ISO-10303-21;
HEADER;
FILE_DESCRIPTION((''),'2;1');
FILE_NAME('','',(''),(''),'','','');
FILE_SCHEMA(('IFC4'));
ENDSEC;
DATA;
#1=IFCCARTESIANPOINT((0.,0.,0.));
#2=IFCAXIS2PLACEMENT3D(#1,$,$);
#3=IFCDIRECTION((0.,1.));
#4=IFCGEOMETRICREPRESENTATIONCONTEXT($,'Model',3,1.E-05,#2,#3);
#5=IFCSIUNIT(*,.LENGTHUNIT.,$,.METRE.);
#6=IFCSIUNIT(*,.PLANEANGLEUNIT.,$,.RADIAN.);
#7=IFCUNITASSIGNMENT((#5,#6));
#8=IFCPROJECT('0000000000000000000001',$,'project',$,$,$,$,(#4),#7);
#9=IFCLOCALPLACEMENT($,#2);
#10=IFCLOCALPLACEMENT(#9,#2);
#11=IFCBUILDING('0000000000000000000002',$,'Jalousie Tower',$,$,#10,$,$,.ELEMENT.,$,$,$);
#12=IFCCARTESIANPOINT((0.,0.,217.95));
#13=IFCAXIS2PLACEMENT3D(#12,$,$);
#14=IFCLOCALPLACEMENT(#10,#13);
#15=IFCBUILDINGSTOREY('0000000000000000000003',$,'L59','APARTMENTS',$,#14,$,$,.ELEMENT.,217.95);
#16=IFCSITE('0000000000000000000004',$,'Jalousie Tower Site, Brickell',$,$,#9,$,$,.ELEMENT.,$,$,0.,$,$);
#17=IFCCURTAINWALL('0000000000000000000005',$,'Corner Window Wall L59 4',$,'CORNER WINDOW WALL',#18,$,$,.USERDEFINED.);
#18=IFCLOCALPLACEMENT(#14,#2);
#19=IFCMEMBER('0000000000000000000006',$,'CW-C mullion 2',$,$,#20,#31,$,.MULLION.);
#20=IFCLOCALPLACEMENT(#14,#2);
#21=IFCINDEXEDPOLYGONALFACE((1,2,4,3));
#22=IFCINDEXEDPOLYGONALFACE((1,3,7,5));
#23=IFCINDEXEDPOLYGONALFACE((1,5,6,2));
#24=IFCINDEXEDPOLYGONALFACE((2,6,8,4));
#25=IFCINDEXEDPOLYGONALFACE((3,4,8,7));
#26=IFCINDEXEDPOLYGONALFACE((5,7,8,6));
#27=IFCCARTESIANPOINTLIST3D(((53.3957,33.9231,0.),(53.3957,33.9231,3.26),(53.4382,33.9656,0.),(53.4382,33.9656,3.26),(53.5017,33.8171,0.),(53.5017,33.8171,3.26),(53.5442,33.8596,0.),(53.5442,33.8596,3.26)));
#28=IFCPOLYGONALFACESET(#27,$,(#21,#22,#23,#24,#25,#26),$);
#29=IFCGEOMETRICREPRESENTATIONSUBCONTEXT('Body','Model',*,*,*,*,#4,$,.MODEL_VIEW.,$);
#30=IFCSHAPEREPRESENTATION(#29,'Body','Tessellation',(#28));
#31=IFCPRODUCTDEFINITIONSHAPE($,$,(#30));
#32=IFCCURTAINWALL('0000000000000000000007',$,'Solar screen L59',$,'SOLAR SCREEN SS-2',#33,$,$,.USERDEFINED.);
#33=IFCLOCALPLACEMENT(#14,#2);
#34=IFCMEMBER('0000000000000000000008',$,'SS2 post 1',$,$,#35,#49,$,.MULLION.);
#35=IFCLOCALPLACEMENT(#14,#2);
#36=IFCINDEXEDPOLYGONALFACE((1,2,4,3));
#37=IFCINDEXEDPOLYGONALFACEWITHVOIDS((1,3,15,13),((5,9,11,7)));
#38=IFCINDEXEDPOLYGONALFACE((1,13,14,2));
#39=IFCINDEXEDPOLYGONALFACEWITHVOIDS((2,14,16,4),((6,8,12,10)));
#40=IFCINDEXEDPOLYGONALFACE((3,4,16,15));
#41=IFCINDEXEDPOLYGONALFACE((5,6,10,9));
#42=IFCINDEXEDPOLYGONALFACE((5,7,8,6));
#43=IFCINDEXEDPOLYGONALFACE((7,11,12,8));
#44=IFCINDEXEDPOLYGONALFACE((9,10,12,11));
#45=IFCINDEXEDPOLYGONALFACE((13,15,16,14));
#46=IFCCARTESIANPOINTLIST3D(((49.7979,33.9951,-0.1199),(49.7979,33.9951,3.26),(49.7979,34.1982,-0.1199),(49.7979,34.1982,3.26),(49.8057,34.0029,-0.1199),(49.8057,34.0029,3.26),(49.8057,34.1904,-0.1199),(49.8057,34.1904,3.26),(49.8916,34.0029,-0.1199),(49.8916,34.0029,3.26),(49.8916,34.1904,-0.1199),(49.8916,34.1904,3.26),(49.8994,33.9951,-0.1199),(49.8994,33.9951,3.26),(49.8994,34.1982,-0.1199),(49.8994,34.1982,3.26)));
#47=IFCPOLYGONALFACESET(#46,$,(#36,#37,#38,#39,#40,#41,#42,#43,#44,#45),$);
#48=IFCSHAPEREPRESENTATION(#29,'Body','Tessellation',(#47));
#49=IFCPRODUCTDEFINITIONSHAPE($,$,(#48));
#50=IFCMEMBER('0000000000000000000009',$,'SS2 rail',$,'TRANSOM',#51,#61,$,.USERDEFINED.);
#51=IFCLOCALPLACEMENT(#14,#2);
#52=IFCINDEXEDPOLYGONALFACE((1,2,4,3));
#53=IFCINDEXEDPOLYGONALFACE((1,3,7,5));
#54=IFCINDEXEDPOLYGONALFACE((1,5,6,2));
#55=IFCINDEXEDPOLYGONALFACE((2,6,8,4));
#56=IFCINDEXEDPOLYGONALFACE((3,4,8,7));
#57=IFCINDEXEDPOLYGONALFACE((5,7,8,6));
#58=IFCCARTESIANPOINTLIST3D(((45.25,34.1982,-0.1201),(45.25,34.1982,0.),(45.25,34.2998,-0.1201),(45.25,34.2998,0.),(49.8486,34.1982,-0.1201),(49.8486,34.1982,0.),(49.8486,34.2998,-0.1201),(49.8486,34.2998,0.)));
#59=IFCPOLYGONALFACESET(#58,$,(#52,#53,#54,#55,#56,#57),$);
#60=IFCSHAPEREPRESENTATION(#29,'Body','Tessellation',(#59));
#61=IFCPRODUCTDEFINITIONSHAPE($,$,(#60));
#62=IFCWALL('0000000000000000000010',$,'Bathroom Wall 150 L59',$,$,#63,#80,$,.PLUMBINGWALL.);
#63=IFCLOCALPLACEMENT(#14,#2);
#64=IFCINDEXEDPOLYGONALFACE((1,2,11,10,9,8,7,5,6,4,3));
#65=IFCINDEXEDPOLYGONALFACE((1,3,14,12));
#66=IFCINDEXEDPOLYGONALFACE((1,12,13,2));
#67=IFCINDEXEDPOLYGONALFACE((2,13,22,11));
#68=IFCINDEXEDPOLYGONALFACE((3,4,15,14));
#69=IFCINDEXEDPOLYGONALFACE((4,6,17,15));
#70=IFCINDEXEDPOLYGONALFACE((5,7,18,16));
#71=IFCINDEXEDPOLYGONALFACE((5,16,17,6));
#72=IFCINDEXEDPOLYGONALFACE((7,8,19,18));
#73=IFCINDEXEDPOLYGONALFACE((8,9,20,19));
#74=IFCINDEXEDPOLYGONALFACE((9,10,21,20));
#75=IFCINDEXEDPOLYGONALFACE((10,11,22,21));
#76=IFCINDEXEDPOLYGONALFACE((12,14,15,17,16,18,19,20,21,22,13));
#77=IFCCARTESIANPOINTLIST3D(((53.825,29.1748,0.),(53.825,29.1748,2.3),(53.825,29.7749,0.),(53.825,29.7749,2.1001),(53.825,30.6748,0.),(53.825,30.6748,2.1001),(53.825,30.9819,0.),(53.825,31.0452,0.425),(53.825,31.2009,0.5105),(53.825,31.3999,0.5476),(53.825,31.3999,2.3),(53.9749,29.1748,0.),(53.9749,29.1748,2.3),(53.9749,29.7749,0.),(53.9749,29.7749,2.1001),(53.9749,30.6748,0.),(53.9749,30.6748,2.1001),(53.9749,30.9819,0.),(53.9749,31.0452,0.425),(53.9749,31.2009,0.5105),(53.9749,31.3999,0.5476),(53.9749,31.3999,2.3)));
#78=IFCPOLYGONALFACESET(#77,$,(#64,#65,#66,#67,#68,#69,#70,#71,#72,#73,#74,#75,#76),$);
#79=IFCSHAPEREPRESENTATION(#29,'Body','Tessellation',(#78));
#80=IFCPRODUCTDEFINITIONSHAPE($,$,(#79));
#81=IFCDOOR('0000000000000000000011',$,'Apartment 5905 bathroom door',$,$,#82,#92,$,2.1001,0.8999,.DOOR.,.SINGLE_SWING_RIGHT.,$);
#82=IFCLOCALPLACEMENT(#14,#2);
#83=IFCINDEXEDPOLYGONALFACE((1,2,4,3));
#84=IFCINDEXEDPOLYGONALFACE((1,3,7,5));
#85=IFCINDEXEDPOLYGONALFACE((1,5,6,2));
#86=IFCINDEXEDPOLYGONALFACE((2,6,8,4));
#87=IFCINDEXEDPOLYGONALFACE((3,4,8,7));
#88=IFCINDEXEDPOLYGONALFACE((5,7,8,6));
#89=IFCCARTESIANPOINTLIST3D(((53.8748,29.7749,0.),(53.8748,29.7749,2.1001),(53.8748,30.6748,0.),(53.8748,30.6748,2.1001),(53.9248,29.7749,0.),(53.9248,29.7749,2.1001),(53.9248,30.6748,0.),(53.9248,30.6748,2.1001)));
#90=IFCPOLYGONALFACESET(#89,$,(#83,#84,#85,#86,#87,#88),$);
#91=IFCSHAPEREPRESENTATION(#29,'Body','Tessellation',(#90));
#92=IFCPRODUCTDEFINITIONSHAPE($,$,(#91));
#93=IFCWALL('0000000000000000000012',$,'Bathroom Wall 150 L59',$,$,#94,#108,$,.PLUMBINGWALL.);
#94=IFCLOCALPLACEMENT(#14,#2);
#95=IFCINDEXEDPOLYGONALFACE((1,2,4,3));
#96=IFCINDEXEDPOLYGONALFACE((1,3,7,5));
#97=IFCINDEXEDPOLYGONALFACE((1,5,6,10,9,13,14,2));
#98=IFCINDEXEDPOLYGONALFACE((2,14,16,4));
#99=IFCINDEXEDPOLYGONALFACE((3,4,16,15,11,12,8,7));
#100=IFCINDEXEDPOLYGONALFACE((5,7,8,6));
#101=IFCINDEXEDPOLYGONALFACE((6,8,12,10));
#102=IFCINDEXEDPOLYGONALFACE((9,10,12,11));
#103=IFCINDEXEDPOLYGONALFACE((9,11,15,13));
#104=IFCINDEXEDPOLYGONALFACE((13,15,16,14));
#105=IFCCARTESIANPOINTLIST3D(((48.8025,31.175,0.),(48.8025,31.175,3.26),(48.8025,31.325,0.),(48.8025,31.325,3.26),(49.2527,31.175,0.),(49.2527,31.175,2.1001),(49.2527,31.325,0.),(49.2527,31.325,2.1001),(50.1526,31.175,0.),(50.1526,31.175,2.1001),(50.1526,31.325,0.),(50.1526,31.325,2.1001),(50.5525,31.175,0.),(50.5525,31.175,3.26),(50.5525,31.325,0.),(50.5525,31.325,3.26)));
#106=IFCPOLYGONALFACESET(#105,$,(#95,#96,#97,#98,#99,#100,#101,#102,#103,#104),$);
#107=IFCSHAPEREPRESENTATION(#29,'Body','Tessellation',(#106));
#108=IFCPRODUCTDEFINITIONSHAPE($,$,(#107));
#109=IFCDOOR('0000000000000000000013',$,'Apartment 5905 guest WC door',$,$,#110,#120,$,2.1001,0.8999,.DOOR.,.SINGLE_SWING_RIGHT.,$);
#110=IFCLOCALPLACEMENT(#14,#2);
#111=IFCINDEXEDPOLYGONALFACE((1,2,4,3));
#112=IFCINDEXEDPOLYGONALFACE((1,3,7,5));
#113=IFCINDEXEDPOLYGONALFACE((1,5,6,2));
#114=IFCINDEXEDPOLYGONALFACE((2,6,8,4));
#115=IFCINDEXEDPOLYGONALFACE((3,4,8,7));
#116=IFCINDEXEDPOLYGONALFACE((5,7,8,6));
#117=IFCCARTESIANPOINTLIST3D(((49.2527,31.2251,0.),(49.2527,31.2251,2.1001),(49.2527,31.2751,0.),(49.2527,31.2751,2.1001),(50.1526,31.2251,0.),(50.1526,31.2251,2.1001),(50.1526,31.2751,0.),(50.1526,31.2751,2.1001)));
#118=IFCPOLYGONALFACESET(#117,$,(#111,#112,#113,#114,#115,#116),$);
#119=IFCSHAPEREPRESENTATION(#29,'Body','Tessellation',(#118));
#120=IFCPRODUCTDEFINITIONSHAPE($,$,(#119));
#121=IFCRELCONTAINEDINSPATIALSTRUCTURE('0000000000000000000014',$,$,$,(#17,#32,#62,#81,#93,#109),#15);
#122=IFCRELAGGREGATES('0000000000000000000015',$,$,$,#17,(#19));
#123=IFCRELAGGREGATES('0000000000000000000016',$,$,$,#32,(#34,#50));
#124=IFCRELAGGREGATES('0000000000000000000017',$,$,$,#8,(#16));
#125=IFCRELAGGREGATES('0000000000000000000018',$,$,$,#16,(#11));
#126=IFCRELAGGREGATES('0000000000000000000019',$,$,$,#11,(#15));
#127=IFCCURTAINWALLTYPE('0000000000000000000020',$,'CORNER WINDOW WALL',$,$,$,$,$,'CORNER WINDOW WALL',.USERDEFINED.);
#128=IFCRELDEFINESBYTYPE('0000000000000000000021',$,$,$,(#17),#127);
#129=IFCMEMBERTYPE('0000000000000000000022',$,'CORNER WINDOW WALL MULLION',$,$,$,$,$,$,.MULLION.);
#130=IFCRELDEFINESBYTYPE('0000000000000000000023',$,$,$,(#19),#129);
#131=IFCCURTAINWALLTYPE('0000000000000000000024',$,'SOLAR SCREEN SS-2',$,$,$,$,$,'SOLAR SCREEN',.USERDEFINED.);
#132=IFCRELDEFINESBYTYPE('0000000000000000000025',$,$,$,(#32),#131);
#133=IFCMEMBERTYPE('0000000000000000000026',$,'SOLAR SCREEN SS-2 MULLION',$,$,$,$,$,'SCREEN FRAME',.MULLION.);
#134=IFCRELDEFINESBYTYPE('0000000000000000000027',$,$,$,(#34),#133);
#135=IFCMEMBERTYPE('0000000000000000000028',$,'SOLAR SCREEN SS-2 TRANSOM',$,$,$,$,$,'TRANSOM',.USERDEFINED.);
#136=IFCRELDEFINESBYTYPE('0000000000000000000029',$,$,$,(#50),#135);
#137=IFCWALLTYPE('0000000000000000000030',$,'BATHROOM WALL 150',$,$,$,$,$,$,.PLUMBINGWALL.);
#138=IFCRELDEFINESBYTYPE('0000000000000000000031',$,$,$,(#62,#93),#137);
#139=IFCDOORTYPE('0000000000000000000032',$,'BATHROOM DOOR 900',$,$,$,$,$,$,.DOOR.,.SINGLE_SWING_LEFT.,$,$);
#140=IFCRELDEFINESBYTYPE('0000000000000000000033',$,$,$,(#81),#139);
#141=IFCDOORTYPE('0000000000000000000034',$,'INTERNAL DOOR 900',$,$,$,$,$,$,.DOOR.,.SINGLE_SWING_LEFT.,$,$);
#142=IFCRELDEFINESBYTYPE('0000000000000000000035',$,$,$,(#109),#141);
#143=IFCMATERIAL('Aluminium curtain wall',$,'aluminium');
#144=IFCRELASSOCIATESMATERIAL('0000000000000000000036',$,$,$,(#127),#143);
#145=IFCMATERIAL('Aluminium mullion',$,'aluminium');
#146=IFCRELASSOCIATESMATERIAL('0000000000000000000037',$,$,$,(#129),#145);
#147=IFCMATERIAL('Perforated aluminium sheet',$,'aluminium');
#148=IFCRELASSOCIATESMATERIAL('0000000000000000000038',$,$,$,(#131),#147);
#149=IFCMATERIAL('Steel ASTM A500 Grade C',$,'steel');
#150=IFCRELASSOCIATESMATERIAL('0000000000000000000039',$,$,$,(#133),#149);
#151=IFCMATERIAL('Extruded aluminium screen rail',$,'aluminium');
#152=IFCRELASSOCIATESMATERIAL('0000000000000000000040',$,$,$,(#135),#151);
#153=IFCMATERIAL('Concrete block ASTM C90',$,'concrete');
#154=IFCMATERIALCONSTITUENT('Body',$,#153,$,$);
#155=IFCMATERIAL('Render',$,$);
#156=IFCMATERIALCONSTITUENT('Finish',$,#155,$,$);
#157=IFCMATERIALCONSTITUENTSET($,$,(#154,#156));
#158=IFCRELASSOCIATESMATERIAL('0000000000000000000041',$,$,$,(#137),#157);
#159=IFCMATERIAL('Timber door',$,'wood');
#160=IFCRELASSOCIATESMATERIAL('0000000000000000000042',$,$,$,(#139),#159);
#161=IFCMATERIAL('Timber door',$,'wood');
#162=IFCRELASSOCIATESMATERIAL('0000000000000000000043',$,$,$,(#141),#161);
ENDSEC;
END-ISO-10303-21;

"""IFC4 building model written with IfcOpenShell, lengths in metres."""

from ifc_helpers import new_model, si_unit, direction, frame, frame_2d, origin, origin_2d, place, context, subcontext, project, spatial, polyline, rectangle, hollow_rectangle, outline, extrude, material, constituent, constituent_set, material_profile, profile_set, type_object, element, fill, aggregate, save


model = new_model("IFC4")

# Units and contexts
model_context = context("Model", 3, precision=1e-05, world=origin(), true_north=direction((0.0, 1.0)))
body_context = subcontext(model_context, "Body", "Model", "MODEL_VIEW")
ifc_project = project(units=[si_unit("LENGTHUNIT", "METRE"), si_unit("PLANEANGLEUNIT", "RADIAN")], contexts=[model_context])

# Site, building, storey
site_placement = place(None, origin())
site = spatial("IfcSite", under=ifc_project, at=site_placement, Name="Jalousie Tower Site, Brickell", CompositionType="ELEMENT", RefElevation=0.0)
building_placement = place(site_placement, origin())
building = spatial("IfcBuilding", under=site, at=building_placement, Name="Jalousie Tower", CompositionType="ELEMENT")
storey_placement = place(building_placement, frame((0.0, 0.0, 217.95)))
storey = spatial("IfcBuildingStorey", under=building, at=storey_placement, Name="L59", Description="APARTMENTS", CompositionType="ELEMENT", Elevation=217.95)

# Curtain wall, member
ifc_material_1 = material(Name="Aluminium curtain wall", Category="aluminium")
curtain_wall_type_1 = type_object("IfcCurtainWallType", Name="CORNER WINDOW WALL", ElementType="CORNER WINDOW WALL", PredefinedType="USERDEFINED", material=ifc_material_1)
curtain_wall_1_placement = place(storey_placement, origin())
curtain_wall_1 = element("IfcCurtainWall", 1, at=curtain_wall_1_placement, inside=storey, type_object=curtain_wall_type_1, Name="Corner Window Wall L59 4", ObjectType="CORNER WINDOW WALL", PredefinedType="USERDEFINED")
ifc_material_2 = material(Name="Aluminium mullion", Category="aluminium")
ifc_material_profile_1 = material_profile(ifc_material_2, rectangle(XDim=0.0601, YDim=0.1499, at=origin_2d()), Name="MULLION 60x150")
ifc_profile_set_1 = profile_set([ifc_material_profile_1], Name="Aluminium mullion")
member_type_1 = type_object("IfcMemberType", Name="CORNER WINDOW WALL MULLION", PredefinedType="MULLION", material=ifc_profile_set_1)
member_1_placement = place(storey_placement, frame((53.47, 33.8914, 0.0), z_axis=(0.0, 0.0, 1.0), x_axis=(-0.707107, -0.707107, 0.0)))
member_1 = element("IfcMember", 2, at=member_1_placement, type_object=member_type_1, Name="CW-C mullion 2", PredefinedType="MULLION", context=body_context, shape_type="SweptSolid", body=[
    extrude(rectangle(XDim=0.0601, YDim=0.1499, at=origin_2d()), origin(), (0.0, 0.0, 1.0), 3.26),
])
aggregate(curtain_wall_1, [member_1])

# Curtain wall, members
ifc_material_3 = material(Name="Perforated aluminium sheet", Category="aluminium")
curtain_wall_type_2 = type_object("IfcCurtainWallType", Name="SOLAR SCREEN SS-2", ElementType="SOLAR SCREEN", PredefinedType="USERDEFINED", material=ifc_material_3)
curtain_wall_2_placement = place(storey_placement, origin())
curtain_wall_2 = element("IfcCurtainWall", 3, at=curtain_wall_2_placement, inside=storey, type_object=curtain_wall_type_2, Name="Solar screen L59", ObjectType="SOLAR SCREEN SS-2", PredefinedType="USERDEFINED")
ifc_material_4 = material(Name="Steel ASTM A500 Grade C", Category="steel")
ifc_material_profile_2 = material_profile(ifc_material_4, hollow_rectangle(XDim=0.1016, YDim=0.2031, WallThickness=0.0078, at=origin_2d()), Name="HSS8X4X5/16")
ifc_profile_set_2 = profile_set([ifc_material_profile_2], Name="Steel ASTM A500 Grade C")
member_type_2 = type_object("IfcMemberType", Name="SOLAR SCREEN SS-2 MULLION", ElementType="SCREEN FRAME", PredefinedType="MULLION", material=ifc_profile_set_2)
member_2_placement = place(storey_placement, frame((49.8486, 34.0967, -0.1199), z_axis=(0.0, 0.0, 1.0), x_axis=(-1.0, 0.0, 0.0)))
member_2 = element("IfcMember", 4, at=member_2_placement, type_object=member_type_2, Name="SS2 post 1", PredefinedType="MULLION", context=body_context, shape_type="SweptSolid", body=[
    extrude(hollow_rectangle(XDim=0.1016, YDim=0.2031, WallThickness=0.0078, at=origin_2d()), origin(), (0.0, 0.0, 1.0), 3.3799),
])
ifc_material_5 = material(Name="Extruded aluminium screen rail", Category="aluminium")
ifc_material_profile_3 = material_profile(ifc_material_5, rectangle(XDim=0.1016, YDim=0.1201, at=origin_2d()), Name="RAIL 102x120")
ifc_profile_set_3 = profile_set([ifc_material_profile_3], Name="Extruded aluminium screen rail")
member_type_3 = type_object("IfcMemberType", Name="SOLAR SCREEN SS-2 TRANSOM", ElementType="TRANSOM", PredefinedType="USERDEFINED", material=ifc_profile_set_3)
member_3_placement = place(storey_placement, frame((49.8486, 34.249, -0.0601), z_axis=(-1.0, 0.0, 0.0), x_axis=(0.0, -1.0, 0.0)))
member_3 = element("IfcMember", 5, at=member_3_placement, type_object=member_type_3, Name="SS2 rail", ObjectType="TRANSOM", PredefinedType="USERDEFINED", context=body_context, shape_type="SweptSolid", body=[
    extrude(rectangle(XDim=0.1016, YDim=0.1201, at=origin_2d()), origin(), (0.0, 0.0, 1.0), 4.5986),
])
aggregate(curtain_wall_2, [member_2, member_3])

# Walls, openings, doors
ifc_material_6 = material(Name="Concrete block ASTM C90", Category="concrete")
ifc_constituent_1 = constituent(ifc_material_6, Name="Body")
ifc_material_7 = material(Name="Render")
ifc_constituent_2 = constituent(ifc_material_7, Name="Finish")
ifc_constituent_set_1 = constituent_set(constituents=[ifc_constituent_1, ifc_constituent_2])
wall_type_1 = type_object("IfcWallType", Name="BATHROOM WALL 150", PredefinedType="PLUMBINGWALL", material=ifc_constituent_set_1)
wall_1_placement = place(storey_placement, frame((53.8999, 31.3999, 0.0), z_axis=(0.0, 0.0, 1.0), x_axis=(0.0, -1.0, 0.0)))
wall_1 = element("IfcWall", 6, at=wall_1_placement, inside=storey, type_object=wall_type_1, Name="Bathroom Wall 150 L59", PredefinedType="PLUMBINGWALL", context=body_context, shape_type="SweptSolid", body=[
    extrude(outline(polyline([(2.2251, 2.3), (0.0, 2.3), (0.0, 0.5476), (0.199, 0.5105), (0.3547, 0.425), (0.418, 0.0), (2.2251, 0.0), (2.2251, 2.3)])), frame((0.0, 0.075, 0.0), z_axis=(0.0, -1.0, 0.0), x_axis=(1.0, 0.0, 0.0)), (0.0, 0.0, 1.0), 0.1499),
])
opening_1_placement = place(wall_1_placement, frame((0.7251, 0.0, 0.0)))
opening_1 = element("IfcOpeningElement", 7, at=opening_1_placement, cuts=wall_1, PredefinedType="OPENING", context=body_context, shape_type="SweptSolid", body=[
    extrude(rectangle(XDim=0.8999, YDim=2.1001, at=frame_2d((0.45, 1.05))), frame((0.0, 0.085, 0.0), z_axis=(0.0, -1.0, 0.0), x_axis=(1.0, 0.0, 0.0)), (0.0, 0.0, 1.0), 0.1699),
])
ifc_material_8 = material(Name="Timber door", Category="wood")
door_type_1 = type_object("IfcDoorType", Name="BATHROOM DOOR 900", OperationType="SINGLE_SWING_LEFT", PredefinedType="DOOR", material=ifc_material_8)
door_1_placement = place(opening_1_placement, origin())
door_1 = element("IfcDoor", 8, at=door_1_placement, inside=storey, type_object=door_type_1, Name="Apartment 5905 bathroom door", OperationType="SINGLE_SWING_RIGHT", OverallHeight=2.1001, OverallWidth=0.8999, PredefinedType="DOOR", context=body_context, shape_type="SweptSolid", body=[
    extrude(rectangle(XDim=0.8999, YDim=2.1001, at=frame_2d((0.45, 1.05))), frame((0.0, 0.0249, 0.0), z_axis=(0.0, -1.0, 0.0), x_axis=(1.0, 0.0, 0.0)), (0.0, 0.0, 1.0), 0.05),
])
fill(opening_1, door_1)
wall_2_placement = place(storey_placement, frame((50.5525, 31.25, 0.0), z_axis=(0.0, 0.0, 1.0), x_axis=(-1.0, 0.0, 0.0)))
wall_2 = element("IfcWall", 9, at=wall_2_placement, inside=storey, type_object=wall_type_1, Name="Bathroom Wall 150 L59", PredefinedType="PLUMBINGWALL", context=body_context, shape_type="SweptSolid", body=[
    extrude(rectangle(XDim=1.75, YDim=0.1499, at=frame_2d((0.875, 0.0))), origin(), (0.0, 0.0, 1.0), 3.26),
])
opening_2_placement = place(wall_2_placement, frame((0.3999, 0.0, 0.0)))
opening_2 = element("IfcOpeningElement", 10, at=opening_2_placement, cuts=wall_2, PredefinedType="OPENING", context=body_context, shape_type="SweptSolid", body=[
    extrude(rectangle(XDim=0.8999, YDim=2.1001, at=frame_2d((0.45, 1.05))), frame((0.0, 0.085, 0.0), z_axis=(0.0, -1.0, 0.0), x_axis=(1.0, 0.0, 0.0)), (0.0, 0.0, 1.0), 0.1699),
])
ifc_material_9 = material(Name="Timber door", Category="wood")
door_type_2 = type_object("IfcDoorType", Name="INTERNAL DOOR 900", OperationType="SINGLE_SWING_LEFT", PredefinedType="DOOR", material=ifc_material_9)
door_2_placement = place(opening_2_placement, origin())
door_2 = element("IfcDoor", 11, at=door_2_placement, inside=storey, type_object=door_type_2, Name="Apartment 5905 guest WC door", OperationType="SINGLE_SWING_RIGHT", OverallHeight=2.1001, OverallWidth=0.8999, PredefinedType="DOOR", context=body_context, shape_type="SweptSolid", body=[
    extrude(rectangle(XDim=0.8999, YDim=2.1001, at=frame_2d((0.45, 1.05))), frame((0.0, 0.0249, 0.0), z_axis=(0.0, -1.0, 0.0), x_axis=(1.0, 0.0, 0.0)), (0.0, 0.0, 1.0), 0.05),
])
fill(opening_2, door_2)

save(model, "model.ifc")
